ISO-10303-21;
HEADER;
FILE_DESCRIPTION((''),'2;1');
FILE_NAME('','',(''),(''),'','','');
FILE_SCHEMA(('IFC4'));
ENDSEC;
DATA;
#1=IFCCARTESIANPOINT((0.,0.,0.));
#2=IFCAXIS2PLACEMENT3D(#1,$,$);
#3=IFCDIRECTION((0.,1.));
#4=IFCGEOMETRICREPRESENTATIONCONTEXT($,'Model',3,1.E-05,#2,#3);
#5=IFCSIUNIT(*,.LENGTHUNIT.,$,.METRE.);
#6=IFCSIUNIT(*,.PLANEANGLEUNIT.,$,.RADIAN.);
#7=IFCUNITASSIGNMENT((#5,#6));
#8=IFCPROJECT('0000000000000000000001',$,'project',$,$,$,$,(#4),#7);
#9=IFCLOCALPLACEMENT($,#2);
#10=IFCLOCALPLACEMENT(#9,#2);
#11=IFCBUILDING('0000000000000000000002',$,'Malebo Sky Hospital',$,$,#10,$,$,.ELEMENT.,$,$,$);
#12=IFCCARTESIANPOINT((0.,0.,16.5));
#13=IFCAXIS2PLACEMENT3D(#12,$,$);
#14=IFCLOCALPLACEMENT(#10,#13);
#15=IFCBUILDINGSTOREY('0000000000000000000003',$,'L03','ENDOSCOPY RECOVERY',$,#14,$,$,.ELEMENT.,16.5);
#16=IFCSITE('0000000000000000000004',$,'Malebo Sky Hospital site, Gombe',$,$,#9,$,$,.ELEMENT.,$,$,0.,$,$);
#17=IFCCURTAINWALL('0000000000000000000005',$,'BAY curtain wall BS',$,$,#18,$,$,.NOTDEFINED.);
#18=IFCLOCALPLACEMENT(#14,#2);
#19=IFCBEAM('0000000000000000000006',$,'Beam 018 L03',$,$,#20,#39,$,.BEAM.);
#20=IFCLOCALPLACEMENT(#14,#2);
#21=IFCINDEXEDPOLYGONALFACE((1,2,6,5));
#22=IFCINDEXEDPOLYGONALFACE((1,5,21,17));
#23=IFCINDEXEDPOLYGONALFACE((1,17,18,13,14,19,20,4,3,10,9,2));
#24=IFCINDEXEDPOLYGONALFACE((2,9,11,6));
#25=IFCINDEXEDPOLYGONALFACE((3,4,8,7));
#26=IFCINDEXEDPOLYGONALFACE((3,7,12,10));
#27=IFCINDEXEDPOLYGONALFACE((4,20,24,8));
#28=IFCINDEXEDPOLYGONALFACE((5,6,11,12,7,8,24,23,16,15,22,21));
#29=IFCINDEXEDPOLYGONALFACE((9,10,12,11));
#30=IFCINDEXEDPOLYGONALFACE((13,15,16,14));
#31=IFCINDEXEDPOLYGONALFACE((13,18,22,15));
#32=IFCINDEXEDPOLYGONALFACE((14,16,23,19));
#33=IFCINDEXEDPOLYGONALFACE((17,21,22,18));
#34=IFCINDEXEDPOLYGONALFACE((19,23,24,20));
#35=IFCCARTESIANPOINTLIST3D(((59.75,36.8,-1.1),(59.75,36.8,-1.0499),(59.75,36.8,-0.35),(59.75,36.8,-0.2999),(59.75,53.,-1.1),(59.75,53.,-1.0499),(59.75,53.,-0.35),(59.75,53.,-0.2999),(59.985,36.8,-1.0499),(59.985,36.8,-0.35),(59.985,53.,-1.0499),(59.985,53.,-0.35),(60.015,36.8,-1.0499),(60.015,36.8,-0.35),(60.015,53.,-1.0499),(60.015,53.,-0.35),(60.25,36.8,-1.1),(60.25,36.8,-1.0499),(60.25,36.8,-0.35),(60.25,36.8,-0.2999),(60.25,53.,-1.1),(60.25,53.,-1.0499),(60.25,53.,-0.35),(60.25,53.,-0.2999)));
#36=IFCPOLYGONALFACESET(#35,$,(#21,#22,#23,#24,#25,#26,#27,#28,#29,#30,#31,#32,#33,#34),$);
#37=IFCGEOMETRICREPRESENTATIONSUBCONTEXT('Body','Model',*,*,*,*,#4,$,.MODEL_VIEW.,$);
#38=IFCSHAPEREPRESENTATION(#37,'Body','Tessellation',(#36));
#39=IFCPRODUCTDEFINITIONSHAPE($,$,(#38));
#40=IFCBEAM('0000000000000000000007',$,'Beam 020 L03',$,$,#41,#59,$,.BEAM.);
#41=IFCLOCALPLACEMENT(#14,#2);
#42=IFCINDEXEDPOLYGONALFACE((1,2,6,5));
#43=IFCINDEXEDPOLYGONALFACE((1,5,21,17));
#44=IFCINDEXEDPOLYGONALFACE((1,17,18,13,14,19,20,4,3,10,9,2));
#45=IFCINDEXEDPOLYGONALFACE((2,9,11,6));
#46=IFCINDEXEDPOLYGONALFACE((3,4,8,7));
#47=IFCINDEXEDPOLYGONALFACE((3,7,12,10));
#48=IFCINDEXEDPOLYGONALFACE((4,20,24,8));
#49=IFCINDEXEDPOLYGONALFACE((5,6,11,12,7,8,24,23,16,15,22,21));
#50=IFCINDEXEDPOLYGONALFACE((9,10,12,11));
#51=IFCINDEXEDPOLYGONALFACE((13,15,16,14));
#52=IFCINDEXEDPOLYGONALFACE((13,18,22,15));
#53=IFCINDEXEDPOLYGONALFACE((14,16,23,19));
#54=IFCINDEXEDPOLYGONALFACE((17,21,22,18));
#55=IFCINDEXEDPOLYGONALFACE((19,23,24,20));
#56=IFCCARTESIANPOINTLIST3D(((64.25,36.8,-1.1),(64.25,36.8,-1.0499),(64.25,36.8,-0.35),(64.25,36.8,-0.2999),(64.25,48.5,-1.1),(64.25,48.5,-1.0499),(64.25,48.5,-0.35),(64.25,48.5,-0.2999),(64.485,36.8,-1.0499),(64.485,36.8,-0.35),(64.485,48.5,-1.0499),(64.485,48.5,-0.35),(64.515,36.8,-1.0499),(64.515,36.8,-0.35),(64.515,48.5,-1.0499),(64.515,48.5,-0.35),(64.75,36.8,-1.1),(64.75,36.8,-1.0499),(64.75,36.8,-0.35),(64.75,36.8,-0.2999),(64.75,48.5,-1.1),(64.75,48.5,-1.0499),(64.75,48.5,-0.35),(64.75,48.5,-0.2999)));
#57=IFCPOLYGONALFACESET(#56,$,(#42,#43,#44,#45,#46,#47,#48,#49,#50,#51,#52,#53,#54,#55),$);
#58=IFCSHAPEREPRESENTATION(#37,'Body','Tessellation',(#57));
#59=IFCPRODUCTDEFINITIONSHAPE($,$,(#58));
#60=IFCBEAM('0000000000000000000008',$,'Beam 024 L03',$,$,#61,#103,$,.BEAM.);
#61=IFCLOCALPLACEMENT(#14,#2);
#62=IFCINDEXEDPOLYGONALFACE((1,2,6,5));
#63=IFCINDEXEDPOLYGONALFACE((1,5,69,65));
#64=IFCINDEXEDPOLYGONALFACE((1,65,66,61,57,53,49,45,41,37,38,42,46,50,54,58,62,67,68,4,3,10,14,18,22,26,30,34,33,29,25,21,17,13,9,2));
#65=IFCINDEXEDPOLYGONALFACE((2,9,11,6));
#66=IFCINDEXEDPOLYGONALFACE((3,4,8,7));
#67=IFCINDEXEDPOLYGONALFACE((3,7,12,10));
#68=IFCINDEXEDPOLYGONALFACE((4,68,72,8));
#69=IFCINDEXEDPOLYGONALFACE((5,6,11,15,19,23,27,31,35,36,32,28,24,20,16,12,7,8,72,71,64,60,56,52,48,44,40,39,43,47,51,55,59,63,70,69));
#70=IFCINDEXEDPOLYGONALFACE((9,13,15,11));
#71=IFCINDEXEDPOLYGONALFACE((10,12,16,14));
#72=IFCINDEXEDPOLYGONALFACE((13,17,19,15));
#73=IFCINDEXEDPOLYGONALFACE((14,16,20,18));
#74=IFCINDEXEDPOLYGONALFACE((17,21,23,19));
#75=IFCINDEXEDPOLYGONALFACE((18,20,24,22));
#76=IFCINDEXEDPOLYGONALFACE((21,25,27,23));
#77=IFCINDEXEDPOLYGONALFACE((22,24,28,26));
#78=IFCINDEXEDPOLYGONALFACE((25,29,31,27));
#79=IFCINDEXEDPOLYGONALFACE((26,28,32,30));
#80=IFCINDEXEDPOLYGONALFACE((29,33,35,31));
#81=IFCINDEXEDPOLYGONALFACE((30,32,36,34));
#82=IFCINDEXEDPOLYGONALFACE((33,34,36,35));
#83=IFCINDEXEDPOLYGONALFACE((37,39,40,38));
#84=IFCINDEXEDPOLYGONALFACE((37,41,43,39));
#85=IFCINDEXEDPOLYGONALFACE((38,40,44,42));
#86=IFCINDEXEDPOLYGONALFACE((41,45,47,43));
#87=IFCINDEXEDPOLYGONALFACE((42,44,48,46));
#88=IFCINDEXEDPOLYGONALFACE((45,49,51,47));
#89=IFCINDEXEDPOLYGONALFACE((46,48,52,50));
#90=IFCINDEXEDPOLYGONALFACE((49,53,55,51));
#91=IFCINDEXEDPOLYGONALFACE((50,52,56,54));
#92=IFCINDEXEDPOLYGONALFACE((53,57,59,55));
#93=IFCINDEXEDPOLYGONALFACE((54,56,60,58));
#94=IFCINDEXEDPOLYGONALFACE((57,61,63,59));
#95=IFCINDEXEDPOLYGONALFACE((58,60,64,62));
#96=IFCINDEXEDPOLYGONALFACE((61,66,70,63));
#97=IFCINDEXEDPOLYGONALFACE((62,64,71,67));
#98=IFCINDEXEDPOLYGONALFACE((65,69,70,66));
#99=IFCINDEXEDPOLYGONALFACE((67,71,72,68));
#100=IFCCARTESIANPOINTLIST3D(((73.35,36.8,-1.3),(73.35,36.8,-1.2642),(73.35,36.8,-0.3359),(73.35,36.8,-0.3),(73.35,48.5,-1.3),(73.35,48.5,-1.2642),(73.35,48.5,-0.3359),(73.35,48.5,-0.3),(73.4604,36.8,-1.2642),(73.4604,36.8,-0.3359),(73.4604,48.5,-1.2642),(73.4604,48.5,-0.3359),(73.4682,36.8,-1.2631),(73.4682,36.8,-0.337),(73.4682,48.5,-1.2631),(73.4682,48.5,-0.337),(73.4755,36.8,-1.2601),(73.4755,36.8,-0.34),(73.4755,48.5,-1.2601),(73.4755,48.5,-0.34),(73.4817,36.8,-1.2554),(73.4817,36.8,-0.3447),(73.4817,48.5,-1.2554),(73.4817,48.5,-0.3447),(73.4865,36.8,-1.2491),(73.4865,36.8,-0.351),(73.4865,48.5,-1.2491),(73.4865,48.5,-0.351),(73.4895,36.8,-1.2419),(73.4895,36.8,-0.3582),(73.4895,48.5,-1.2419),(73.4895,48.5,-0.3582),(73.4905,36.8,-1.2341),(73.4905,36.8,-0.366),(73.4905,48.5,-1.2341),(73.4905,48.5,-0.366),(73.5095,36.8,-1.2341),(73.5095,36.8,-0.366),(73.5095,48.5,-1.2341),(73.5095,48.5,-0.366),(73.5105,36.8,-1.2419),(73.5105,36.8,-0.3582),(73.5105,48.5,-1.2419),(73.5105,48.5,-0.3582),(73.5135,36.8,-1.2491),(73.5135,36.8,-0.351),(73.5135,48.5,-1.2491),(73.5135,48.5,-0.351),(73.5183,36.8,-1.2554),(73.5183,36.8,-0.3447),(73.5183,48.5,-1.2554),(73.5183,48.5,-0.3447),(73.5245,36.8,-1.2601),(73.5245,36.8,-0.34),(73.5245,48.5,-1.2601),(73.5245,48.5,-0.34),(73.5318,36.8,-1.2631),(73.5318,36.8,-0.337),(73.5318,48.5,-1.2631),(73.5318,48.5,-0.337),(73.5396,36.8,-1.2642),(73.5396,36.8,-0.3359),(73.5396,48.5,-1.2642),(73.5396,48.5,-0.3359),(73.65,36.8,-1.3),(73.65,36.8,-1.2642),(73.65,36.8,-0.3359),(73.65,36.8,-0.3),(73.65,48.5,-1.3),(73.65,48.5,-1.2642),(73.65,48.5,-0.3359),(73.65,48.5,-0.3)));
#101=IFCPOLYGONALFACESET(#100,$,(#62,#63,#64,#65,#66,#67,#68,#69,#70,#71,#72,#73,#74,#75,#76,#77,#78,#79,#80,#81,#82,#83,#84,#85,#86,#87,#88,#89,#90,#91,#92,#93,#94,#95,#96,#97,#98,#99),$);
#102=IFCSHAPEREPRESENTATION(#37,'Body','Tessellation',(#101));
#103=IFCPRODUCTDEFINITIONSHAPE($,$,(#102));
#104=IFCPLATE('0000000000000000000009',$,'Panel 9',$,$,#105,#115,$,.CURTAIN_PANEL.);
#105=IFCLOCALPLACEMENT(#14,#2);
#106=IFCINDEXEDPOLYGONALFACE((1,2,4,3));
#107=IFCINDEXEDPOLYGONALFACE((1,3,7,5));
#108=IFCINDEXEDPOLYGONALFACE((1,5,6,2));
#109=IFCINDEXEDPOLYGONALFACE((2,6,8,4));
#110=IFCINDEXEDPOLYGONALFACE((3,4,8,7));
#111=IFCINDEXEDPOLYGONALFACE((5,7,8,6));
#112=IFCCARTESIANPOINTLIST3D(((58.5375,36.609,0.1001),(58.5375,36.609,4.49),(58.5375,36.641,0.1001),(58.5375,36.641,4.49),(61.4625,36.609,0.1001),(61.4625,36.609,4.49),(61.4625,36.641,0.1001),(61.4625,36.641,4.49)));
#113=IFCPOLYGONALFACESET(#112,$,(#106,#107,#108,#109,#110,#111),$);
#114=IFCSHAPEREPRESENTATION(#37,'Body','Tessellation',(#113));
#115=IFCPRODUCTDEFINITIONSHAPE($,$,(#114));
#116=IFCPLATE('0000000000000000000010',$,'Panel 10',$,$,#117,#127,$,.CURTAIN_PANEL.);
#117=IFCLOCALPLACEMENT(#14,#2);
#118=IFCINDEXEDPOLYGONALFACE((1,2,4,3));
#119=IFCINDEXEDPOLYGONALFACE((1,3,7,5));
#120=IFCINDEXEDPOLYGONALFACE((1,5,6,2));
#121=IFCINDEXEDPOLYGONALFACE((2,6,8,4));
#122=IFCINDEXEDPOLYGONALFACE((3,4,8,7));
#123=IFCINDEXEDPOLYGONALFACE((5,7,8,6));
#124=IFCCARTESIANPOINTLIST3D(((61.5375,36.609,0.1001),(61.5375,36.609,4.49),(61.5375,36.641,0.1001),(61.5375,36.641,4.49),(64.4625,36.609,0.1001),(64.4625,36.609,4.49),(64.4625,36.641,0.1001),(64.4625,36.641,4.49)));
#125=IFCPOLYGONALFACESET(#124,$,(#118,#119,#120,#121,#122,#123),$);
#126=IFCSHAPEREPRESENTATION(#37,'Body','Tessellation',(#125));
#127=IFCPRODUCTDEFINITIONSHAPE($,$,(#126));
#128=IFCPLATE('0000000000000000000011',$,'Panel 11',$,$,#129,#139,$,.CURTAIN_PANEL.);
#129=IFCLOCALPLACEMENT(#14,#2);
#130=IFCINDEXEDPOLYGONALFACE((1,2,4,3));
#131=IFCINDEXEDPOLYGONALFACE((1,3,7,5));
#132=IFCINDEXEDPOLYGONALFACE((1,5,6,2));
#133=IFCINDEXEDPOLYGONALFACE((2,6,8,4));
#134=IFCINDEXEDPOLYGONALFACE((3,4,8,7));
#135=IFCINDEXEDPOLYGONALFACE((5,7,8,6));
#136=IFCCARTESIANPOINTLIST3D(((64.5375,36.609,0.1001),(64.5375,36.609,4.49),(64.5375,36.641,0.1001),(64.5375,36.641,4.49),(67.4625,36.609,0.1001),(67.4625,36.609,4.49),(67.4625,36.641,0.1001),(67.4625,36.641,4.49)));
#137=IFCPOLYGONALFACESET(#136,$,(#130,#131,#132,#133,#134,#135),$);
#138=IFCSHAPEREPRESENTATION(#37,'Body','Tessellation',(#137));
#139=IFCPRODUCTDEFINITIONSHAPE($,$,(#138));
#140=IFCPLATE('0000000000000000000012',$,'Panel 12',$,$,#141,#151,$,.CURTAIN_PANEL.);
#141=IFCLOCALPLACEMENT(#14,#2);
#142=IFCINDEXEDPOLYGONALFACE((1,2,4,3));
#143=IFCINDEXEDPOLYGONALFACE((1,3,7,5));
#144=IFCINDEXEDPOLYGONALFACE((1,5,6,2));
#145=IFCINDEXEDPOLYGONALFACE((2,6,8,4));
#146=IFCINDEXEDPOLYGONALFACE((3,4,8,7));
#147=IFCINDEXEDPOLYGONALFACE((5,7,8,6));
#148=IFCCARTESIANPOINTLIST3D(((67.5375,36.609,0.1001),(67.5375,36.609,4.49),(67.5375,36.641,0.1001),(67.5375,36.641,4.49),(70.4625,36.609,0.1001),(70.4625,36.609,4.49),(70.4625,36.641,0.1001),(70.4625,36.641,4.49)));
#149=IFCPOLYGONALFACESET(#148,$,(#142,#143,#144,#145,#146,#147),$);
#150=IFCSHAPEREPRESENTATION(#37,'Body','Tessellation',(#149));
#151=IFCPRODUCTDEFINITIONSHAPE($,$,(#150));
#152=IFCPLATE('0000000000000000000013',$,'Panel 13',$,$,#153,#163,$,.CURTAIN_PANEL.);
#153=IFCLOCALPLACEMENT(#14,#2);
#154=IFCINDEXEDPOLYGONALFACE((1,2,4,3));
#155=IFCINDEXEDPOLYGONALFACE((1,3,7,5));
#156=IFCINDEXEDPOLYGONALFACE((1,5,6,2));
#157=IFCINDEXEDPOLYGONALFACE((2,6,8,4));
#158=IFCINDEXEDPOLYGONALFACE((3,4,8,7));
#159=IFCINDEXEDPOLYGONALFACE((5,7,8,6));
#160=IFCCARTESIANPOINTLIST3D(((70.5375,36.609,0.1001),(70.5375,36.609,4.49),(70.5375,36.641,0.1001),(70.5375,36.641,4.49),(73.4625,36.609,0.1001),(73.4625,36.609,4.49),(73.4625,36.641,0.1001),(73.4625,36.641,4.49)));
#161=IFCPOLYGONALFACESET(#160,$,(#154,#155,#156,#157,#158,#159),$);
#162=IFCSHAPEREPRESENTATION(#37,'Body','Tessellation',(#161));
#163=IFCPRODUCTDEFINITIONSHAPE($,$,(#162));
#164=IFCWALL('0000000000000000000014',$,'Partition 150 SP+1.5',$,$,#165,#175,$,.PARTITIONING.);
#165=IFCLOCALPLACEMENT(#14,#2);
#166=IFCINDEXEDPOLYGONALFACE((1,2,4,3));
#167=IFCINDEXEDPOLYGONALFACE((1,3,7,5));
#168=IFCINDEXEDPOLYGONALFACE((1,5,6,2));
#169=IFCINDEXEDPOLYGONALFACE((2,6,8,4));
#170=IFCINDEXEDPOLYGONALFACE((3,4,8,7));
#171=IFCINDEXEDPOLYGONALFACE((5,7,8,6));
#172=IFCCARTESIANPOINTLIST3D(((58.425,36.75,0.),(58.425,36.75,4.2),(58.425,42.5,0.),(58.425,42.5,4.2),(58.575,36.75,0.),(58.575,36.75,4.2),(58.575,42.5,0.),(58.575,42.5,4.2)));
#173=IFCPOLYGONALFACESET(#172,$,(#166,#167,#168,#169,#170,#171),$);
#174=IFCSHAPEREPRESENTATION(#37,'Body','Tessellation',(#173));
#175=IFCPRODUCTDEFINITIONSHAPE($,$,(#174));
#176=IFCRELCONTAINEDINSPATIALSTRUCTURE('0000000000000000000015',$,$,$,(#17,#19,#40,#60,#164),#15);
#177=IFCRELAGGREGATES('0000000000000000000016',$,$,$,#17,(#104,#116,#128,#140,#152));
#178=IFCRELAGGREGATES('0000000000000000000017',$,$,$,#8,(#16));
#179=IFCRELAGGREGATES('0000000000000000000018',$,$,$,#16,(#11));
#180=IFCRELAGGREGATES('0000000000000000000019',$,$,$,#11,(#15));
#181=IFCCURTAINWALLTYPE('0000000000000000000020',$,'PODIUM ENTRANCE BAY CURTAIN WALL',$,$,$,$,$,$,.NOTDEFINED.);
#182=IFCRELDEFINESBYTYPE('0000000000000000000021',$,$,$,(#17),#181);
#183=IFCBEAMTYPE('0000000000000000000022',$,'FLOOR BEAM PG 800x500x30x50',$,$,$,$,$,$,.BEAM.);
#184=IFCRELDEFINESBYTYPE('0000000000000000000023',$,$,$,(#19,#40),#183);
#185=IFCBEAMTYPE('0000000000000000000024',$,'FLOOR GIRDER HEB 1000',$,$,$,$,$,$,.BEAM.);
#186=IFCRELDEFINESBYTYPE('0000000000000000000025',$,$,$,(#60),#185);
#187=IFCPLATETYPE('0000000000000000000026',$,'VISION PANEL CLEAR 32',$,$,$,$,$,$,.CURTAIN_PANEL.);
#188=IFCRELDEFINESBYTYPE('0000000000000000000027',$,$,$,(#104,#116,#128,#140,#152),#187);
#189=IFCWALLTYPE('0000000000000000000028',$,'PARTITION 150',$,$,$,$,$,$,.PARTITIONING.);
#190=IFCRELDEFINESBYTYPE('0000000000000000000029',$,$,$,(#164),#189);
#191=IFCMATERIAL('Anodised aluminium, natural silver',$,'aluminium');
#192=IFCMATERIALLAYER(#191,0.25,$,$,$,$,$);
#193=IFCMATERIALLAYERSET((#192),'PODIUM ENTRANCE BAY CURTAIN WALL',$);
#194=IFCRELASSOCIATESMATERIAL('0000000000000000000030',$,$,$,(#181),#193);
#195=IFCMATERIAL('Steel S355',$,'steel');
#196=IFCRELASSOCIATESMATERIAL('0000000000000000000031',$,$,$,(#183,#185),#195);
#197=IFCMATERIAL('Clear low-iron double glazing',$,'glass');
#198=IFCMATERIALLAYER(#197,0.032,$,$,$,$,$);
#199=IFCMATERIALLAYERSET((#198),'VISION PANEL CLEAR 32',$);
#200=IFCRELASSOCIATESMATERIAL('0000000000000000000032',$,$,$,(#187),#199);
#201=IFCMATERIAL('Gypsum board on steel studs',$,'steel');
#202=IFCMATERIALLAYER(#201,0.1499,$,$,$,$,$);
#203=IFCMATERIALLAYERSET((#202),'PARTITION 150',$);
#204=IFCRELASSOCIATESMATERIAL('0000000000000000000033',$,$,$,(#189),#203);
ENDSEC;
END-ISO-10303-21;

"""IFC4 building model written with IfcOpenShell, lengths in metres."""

from ifc_helpers import new_model, si_unit, direction, frame, frame_2d, origin, origin_2d, place, context, subcontext, project, spatial, rectangle, i_section, extrude, material, layer, layer_set, material_profile, profile_set, type_object, element, aggregate, save


model = new_model("IFC4")

# Units and contexts
model_context = context("Model", 3, precision=1e-05, world=origin(), true_north=direction((0.0, 1.0)))
body_context = subcontext(model_context, "Body", "Model", "MODEL_VIEW")
ifc_project = project(units=[si_unit("LENGTHUNIT", "METRE"), si_unit("PLANEANGLEUNIT", "RADIAN")], contexts=[model_context])

# Site, building, storey
site_placement = place(None, origin())
site = spatial("IfcSite", under=ifc_project, at=site_placement, Name="Malebo Sky Hospital site, Gombe", CompositionType="ELEMENT", RefElevation=0.0)
building_placement = place(site_placement, origin())
building = spatial("IfcBuilding", under=site, at=building_placement, Name="Malebo Sky Hospital", CompositionType="ELEMENT")
storey_placement = place(building_placement, frame((0.0, 0.0, 16.5)))
storey = spatial("IfcBuildingStorey", under=building, at=storey_placement, Name="L03", Description="ENDOSCOPY RECOVERY", CompositionType="ELEMENT", Elevation=16.5)

# Curtain wall
ifc_material_1 = material(Name="Anodised aluminium, natural silver", Category="aluminium")
ifc_layer_1 = layer(ifc_material_1, 0.25)
ifc_layer_set_1 = layer_set([ifc_layer_1], Name="PODIUM ENTRANCE BAY CURTAIN WALL")
curtain_wall_type = type_object("IfcCurtainWallType", Name="PODIUM ENTRANCE BAY CURTAIN WALL", PredefinedType="NOTDEFINED", material=ifc_layer_set_1)
curtain_wall_placement = place(storey_placement, origin())
curtain_wall = element("IfcCurtainWall", 1, at=curtain_wall_placement, inside=storey, type_object=curtain_wall_type, Name="BAY curtain wall BS", PredefinedType="NOTDEFINED")

# Beams
ifc_material_2 = material(Name="Steel S355", Category="steel")
ifc_material_profile_1 = material_profile(ifc_material_2, i_section(OverallWidth=0.5, OverallDepth=0.8, WebThickness=0.03, FlangeThickness=0.05, at=origin_2d()), Name="PG 800x500x30x50")
ifc_profile_set_1 = profile_set([ifc_material_profile_1], Name="Steel S355")
beam_type_1 = type_object("IfcBeamType", Name="FLOOR BEAM PG 800x500x30x50", PredefinedType="BEAM", material=ifc_profile_set_1)
beam_1_placement = place(storey_placement, frame((60.0, 36.8, -0.7), z_axis=(0.0, 1.0, 0.0), x_axis=(-1.0, 0.0, 0.0)))
element("IfcBeam", 2, at=beam_1_placement, inside=storey, type_object=beam_type_1, Name="Beam 018 L03", PredefinedType="BEAM", context=body_context, shape_type="SweptSolid", body=[
    extrude(i_section(OverallWidth=0.5, OverallDepth=0.8, WebThickness=0.03, FlangeThickness=0.05, at=origin_2d()), origin(), (0.0, 0.0, 1.0), 16.2),
])
beam_2_placement = place(storey_placement, frame((64.5, 36.8, -0.7), z_axis=(0.0, 1.0, 0.0), x_axis=(-1.0, 0.0, 0.0)))
element("IfcBeam", 3, at=beam_2_placement, inside=storey, type_object=beam_type_1, Name="Beam 020 L03", PredefinedType="BEAM", context=body_context, shape_type="SweptSolid", body=[
    extrude(i_section(OverallWidth=0.5, OverallDepth=0.8, WebThickness=0.03, FlangeThickness=0.05, at=origin_2d()), origin(), (0.0, 0.0, 1.0), 11.7),
])
ifc_material_profile_2 = material_profile(ifc_material_2, i_section(OverallWidth=0.3, OverallDepth=1.0, WebThickness=0.019, FlangeThickness=0.0359, FilletRadius=0.03, at=origin_2d()), Name="HEB 1000")
ifc_profile_set_2 = profile_set([ifc_material_profile_2], Name="Steel S355")
beam_type_2 = type_object("IfcBeamType", Name="FLOOR GIRDER HEB 1000", PredefinedType="BEAM", material=ifc_profile_set_2)
beam_3_placement = place(storey_placement, frame((73.5, 36.8, -0.8), z_axis=(0.0, 1.0, 0.0), x_axis=(-1.0, 0.0, 0.0)))
element("IfcBeam", 4, at=beam_3_placement, inside=storey, type_object=beam_type_2, Name="Beam 024 L03", PredefinedType="BEAM", context=body_context, shape_type="SweptSolid", body=[
    extrude(i_section(OverallWidth=0.3, OverallDepth=1.0, WebThickness=0.019, FlangeThickness=0.0359, FilletRadius=0.03, at=origin_2d()), origin(), (0.0, 0.0, 1.0), 11.7),
])

# Plates
ifc_material_3 = material(Name="Clear low-iron double glazing", Category="glass")
ifc_layer_2 = layer(ifc_material_3, 0.032)
ifc_layer_set_2 = layer_set([ifc_layer_2], Name="VISION PANEL CLEAR 32")
plate_type = type_object("IfcPlateType", Name="VISION PANEL CLEAR 32", PredefinedType="CURTAIN_PANEL", material=ifc_layer_set_2)
plate_1_placement = place(storey_placement, frame((60.0, 36.625, 0.1001), z_axis=(0.0, 0.0, 1.0), x_axis=(1.0, 0.0, 0.0)))
plate_1 = element("IfcPlate", 5, at=plate_1_placement, type_object=plate_type, Name="Panel 9", PredefinedType="CURTAIN_PANEL", context=body_context, shape_type="SweptSolid", body=[
    extrude(rectangle(XDim=2.925, YDim=0.032, at=origin_2d()), origin(), (0.0, 0.0, 1.0), 4.3899),
])
plate_2_placement = place(storey_placement, frame((63.0, 36.625, 0.1001), z_axis=(0.0, 0.0, 1.0), x_axis=(1.0, 0.0, 0.0)))
plate_2 = element("IfcPlate", 6, at=plate_2_placement, type_object=plate_type, Name="Panel 10", PredefinedType="CURTAIN_PANEL", context=body_context, shape_type="SweptSolid", body=[
    extrude(rectangle(XDim=2.925, YDim=0.032, at=origin_2d()), origin(), (0.0, 0.0, 1.0), 4.3899),
])
plate_3_placement = place(storey_placement, frame((66.0, 36.625, 0.1001), z_axis=(0.0, 0.0, 1.0), x_axis=(1.0, 0.0, 0.0)))
plate_3 = element("IfcPlate", 7, at=plate_3_placement, type_object=plate_type, Name="Panel 11", PredefinedType="CURTAIN_PANEL", context=body_context, shape_type="SweptSolid", body=[
    extrude(rectangle(XDim=2.925, YDim=0.032, at=origin_2d()), origin(), (0.0, 0.0, 1.0), 4.3899),
])
plate_4_placement = place(storey_placement, frame((69.0, 36.625, 0.1001), z_axis=(0.0, 0.0, 1.0), x_axis=(1.0, 0.0, 0.0)))
plate_4 = element("IfcPlate", 8, at=plate_4_placement, type_object=plate_type, Name="Panel 12", PredefinedType="CURTAIN_PANEL", context=body_context, shape_type="SweptSolid", body=[
    extrude(rectangle(XDim=2.925, YDim=0.032, at=origin_2d()), origin(), (0.0, 0.0, 1.0), 4.3899),
])
plate_5_placement = place(storey_placement, frame((72.0, 36.625, 0.1001), z_axis=(0.0, 0.0, 1.0), x_axis=(1.0, 0.0, 0.0)))
plate_5 = element("IfcPlate", 9, at=plate_5_placement, type_object=plate_type, Name="Panel 13", PredefinedType="CURTAIN_PANEL", context=body_context, shape_type="SweptSolid", body=[
    extrude(rectangle(XDim=2.925, YDim=0.032, at=origin_2d()), origin(), (0.0, 0.0, 1.0), 4.3899),
])
aggregate(curtain_wall, [plate_1, plate_2, plate_3, plate_4, plate_5])

# Wall
ifc_material_4 = material(Name="Gypsum board on steel studs", Category="steel")
ifc_layer_3 = layer(ifc_material_4, 0.1499)
ifc_layer_set_3 = layer_set([ifc_layer_3], Name="PARTITION 150")
wall_type = type_object("IfcWallType", Name="PARTITION 150", PredefinedType="PARTITIONING", material=ifc_layer_set_3)
wall_placement = place(storey_placement, frame((58.5, 42.5, 0.0), z_axis=(0.0, 0.0, 1.0), x_axis=(0.0, -1.0, 0.0)))
element("IfcWall", 10, at=wall_placement, inside=storey, type_object=wall_type, Name="Partition 150 SP+1.5", PredefinedType="PARTITIONING", context=body_context, shape_type="SweptSolid", body=[
    extrude(rectangle(XDim=5.75, YDim=0.1499, at=frame_2d((2.875, 0.0))), origin(), (0.0, 0.0, 1.0), 4.2),
])

save(model, "model.ifc")
